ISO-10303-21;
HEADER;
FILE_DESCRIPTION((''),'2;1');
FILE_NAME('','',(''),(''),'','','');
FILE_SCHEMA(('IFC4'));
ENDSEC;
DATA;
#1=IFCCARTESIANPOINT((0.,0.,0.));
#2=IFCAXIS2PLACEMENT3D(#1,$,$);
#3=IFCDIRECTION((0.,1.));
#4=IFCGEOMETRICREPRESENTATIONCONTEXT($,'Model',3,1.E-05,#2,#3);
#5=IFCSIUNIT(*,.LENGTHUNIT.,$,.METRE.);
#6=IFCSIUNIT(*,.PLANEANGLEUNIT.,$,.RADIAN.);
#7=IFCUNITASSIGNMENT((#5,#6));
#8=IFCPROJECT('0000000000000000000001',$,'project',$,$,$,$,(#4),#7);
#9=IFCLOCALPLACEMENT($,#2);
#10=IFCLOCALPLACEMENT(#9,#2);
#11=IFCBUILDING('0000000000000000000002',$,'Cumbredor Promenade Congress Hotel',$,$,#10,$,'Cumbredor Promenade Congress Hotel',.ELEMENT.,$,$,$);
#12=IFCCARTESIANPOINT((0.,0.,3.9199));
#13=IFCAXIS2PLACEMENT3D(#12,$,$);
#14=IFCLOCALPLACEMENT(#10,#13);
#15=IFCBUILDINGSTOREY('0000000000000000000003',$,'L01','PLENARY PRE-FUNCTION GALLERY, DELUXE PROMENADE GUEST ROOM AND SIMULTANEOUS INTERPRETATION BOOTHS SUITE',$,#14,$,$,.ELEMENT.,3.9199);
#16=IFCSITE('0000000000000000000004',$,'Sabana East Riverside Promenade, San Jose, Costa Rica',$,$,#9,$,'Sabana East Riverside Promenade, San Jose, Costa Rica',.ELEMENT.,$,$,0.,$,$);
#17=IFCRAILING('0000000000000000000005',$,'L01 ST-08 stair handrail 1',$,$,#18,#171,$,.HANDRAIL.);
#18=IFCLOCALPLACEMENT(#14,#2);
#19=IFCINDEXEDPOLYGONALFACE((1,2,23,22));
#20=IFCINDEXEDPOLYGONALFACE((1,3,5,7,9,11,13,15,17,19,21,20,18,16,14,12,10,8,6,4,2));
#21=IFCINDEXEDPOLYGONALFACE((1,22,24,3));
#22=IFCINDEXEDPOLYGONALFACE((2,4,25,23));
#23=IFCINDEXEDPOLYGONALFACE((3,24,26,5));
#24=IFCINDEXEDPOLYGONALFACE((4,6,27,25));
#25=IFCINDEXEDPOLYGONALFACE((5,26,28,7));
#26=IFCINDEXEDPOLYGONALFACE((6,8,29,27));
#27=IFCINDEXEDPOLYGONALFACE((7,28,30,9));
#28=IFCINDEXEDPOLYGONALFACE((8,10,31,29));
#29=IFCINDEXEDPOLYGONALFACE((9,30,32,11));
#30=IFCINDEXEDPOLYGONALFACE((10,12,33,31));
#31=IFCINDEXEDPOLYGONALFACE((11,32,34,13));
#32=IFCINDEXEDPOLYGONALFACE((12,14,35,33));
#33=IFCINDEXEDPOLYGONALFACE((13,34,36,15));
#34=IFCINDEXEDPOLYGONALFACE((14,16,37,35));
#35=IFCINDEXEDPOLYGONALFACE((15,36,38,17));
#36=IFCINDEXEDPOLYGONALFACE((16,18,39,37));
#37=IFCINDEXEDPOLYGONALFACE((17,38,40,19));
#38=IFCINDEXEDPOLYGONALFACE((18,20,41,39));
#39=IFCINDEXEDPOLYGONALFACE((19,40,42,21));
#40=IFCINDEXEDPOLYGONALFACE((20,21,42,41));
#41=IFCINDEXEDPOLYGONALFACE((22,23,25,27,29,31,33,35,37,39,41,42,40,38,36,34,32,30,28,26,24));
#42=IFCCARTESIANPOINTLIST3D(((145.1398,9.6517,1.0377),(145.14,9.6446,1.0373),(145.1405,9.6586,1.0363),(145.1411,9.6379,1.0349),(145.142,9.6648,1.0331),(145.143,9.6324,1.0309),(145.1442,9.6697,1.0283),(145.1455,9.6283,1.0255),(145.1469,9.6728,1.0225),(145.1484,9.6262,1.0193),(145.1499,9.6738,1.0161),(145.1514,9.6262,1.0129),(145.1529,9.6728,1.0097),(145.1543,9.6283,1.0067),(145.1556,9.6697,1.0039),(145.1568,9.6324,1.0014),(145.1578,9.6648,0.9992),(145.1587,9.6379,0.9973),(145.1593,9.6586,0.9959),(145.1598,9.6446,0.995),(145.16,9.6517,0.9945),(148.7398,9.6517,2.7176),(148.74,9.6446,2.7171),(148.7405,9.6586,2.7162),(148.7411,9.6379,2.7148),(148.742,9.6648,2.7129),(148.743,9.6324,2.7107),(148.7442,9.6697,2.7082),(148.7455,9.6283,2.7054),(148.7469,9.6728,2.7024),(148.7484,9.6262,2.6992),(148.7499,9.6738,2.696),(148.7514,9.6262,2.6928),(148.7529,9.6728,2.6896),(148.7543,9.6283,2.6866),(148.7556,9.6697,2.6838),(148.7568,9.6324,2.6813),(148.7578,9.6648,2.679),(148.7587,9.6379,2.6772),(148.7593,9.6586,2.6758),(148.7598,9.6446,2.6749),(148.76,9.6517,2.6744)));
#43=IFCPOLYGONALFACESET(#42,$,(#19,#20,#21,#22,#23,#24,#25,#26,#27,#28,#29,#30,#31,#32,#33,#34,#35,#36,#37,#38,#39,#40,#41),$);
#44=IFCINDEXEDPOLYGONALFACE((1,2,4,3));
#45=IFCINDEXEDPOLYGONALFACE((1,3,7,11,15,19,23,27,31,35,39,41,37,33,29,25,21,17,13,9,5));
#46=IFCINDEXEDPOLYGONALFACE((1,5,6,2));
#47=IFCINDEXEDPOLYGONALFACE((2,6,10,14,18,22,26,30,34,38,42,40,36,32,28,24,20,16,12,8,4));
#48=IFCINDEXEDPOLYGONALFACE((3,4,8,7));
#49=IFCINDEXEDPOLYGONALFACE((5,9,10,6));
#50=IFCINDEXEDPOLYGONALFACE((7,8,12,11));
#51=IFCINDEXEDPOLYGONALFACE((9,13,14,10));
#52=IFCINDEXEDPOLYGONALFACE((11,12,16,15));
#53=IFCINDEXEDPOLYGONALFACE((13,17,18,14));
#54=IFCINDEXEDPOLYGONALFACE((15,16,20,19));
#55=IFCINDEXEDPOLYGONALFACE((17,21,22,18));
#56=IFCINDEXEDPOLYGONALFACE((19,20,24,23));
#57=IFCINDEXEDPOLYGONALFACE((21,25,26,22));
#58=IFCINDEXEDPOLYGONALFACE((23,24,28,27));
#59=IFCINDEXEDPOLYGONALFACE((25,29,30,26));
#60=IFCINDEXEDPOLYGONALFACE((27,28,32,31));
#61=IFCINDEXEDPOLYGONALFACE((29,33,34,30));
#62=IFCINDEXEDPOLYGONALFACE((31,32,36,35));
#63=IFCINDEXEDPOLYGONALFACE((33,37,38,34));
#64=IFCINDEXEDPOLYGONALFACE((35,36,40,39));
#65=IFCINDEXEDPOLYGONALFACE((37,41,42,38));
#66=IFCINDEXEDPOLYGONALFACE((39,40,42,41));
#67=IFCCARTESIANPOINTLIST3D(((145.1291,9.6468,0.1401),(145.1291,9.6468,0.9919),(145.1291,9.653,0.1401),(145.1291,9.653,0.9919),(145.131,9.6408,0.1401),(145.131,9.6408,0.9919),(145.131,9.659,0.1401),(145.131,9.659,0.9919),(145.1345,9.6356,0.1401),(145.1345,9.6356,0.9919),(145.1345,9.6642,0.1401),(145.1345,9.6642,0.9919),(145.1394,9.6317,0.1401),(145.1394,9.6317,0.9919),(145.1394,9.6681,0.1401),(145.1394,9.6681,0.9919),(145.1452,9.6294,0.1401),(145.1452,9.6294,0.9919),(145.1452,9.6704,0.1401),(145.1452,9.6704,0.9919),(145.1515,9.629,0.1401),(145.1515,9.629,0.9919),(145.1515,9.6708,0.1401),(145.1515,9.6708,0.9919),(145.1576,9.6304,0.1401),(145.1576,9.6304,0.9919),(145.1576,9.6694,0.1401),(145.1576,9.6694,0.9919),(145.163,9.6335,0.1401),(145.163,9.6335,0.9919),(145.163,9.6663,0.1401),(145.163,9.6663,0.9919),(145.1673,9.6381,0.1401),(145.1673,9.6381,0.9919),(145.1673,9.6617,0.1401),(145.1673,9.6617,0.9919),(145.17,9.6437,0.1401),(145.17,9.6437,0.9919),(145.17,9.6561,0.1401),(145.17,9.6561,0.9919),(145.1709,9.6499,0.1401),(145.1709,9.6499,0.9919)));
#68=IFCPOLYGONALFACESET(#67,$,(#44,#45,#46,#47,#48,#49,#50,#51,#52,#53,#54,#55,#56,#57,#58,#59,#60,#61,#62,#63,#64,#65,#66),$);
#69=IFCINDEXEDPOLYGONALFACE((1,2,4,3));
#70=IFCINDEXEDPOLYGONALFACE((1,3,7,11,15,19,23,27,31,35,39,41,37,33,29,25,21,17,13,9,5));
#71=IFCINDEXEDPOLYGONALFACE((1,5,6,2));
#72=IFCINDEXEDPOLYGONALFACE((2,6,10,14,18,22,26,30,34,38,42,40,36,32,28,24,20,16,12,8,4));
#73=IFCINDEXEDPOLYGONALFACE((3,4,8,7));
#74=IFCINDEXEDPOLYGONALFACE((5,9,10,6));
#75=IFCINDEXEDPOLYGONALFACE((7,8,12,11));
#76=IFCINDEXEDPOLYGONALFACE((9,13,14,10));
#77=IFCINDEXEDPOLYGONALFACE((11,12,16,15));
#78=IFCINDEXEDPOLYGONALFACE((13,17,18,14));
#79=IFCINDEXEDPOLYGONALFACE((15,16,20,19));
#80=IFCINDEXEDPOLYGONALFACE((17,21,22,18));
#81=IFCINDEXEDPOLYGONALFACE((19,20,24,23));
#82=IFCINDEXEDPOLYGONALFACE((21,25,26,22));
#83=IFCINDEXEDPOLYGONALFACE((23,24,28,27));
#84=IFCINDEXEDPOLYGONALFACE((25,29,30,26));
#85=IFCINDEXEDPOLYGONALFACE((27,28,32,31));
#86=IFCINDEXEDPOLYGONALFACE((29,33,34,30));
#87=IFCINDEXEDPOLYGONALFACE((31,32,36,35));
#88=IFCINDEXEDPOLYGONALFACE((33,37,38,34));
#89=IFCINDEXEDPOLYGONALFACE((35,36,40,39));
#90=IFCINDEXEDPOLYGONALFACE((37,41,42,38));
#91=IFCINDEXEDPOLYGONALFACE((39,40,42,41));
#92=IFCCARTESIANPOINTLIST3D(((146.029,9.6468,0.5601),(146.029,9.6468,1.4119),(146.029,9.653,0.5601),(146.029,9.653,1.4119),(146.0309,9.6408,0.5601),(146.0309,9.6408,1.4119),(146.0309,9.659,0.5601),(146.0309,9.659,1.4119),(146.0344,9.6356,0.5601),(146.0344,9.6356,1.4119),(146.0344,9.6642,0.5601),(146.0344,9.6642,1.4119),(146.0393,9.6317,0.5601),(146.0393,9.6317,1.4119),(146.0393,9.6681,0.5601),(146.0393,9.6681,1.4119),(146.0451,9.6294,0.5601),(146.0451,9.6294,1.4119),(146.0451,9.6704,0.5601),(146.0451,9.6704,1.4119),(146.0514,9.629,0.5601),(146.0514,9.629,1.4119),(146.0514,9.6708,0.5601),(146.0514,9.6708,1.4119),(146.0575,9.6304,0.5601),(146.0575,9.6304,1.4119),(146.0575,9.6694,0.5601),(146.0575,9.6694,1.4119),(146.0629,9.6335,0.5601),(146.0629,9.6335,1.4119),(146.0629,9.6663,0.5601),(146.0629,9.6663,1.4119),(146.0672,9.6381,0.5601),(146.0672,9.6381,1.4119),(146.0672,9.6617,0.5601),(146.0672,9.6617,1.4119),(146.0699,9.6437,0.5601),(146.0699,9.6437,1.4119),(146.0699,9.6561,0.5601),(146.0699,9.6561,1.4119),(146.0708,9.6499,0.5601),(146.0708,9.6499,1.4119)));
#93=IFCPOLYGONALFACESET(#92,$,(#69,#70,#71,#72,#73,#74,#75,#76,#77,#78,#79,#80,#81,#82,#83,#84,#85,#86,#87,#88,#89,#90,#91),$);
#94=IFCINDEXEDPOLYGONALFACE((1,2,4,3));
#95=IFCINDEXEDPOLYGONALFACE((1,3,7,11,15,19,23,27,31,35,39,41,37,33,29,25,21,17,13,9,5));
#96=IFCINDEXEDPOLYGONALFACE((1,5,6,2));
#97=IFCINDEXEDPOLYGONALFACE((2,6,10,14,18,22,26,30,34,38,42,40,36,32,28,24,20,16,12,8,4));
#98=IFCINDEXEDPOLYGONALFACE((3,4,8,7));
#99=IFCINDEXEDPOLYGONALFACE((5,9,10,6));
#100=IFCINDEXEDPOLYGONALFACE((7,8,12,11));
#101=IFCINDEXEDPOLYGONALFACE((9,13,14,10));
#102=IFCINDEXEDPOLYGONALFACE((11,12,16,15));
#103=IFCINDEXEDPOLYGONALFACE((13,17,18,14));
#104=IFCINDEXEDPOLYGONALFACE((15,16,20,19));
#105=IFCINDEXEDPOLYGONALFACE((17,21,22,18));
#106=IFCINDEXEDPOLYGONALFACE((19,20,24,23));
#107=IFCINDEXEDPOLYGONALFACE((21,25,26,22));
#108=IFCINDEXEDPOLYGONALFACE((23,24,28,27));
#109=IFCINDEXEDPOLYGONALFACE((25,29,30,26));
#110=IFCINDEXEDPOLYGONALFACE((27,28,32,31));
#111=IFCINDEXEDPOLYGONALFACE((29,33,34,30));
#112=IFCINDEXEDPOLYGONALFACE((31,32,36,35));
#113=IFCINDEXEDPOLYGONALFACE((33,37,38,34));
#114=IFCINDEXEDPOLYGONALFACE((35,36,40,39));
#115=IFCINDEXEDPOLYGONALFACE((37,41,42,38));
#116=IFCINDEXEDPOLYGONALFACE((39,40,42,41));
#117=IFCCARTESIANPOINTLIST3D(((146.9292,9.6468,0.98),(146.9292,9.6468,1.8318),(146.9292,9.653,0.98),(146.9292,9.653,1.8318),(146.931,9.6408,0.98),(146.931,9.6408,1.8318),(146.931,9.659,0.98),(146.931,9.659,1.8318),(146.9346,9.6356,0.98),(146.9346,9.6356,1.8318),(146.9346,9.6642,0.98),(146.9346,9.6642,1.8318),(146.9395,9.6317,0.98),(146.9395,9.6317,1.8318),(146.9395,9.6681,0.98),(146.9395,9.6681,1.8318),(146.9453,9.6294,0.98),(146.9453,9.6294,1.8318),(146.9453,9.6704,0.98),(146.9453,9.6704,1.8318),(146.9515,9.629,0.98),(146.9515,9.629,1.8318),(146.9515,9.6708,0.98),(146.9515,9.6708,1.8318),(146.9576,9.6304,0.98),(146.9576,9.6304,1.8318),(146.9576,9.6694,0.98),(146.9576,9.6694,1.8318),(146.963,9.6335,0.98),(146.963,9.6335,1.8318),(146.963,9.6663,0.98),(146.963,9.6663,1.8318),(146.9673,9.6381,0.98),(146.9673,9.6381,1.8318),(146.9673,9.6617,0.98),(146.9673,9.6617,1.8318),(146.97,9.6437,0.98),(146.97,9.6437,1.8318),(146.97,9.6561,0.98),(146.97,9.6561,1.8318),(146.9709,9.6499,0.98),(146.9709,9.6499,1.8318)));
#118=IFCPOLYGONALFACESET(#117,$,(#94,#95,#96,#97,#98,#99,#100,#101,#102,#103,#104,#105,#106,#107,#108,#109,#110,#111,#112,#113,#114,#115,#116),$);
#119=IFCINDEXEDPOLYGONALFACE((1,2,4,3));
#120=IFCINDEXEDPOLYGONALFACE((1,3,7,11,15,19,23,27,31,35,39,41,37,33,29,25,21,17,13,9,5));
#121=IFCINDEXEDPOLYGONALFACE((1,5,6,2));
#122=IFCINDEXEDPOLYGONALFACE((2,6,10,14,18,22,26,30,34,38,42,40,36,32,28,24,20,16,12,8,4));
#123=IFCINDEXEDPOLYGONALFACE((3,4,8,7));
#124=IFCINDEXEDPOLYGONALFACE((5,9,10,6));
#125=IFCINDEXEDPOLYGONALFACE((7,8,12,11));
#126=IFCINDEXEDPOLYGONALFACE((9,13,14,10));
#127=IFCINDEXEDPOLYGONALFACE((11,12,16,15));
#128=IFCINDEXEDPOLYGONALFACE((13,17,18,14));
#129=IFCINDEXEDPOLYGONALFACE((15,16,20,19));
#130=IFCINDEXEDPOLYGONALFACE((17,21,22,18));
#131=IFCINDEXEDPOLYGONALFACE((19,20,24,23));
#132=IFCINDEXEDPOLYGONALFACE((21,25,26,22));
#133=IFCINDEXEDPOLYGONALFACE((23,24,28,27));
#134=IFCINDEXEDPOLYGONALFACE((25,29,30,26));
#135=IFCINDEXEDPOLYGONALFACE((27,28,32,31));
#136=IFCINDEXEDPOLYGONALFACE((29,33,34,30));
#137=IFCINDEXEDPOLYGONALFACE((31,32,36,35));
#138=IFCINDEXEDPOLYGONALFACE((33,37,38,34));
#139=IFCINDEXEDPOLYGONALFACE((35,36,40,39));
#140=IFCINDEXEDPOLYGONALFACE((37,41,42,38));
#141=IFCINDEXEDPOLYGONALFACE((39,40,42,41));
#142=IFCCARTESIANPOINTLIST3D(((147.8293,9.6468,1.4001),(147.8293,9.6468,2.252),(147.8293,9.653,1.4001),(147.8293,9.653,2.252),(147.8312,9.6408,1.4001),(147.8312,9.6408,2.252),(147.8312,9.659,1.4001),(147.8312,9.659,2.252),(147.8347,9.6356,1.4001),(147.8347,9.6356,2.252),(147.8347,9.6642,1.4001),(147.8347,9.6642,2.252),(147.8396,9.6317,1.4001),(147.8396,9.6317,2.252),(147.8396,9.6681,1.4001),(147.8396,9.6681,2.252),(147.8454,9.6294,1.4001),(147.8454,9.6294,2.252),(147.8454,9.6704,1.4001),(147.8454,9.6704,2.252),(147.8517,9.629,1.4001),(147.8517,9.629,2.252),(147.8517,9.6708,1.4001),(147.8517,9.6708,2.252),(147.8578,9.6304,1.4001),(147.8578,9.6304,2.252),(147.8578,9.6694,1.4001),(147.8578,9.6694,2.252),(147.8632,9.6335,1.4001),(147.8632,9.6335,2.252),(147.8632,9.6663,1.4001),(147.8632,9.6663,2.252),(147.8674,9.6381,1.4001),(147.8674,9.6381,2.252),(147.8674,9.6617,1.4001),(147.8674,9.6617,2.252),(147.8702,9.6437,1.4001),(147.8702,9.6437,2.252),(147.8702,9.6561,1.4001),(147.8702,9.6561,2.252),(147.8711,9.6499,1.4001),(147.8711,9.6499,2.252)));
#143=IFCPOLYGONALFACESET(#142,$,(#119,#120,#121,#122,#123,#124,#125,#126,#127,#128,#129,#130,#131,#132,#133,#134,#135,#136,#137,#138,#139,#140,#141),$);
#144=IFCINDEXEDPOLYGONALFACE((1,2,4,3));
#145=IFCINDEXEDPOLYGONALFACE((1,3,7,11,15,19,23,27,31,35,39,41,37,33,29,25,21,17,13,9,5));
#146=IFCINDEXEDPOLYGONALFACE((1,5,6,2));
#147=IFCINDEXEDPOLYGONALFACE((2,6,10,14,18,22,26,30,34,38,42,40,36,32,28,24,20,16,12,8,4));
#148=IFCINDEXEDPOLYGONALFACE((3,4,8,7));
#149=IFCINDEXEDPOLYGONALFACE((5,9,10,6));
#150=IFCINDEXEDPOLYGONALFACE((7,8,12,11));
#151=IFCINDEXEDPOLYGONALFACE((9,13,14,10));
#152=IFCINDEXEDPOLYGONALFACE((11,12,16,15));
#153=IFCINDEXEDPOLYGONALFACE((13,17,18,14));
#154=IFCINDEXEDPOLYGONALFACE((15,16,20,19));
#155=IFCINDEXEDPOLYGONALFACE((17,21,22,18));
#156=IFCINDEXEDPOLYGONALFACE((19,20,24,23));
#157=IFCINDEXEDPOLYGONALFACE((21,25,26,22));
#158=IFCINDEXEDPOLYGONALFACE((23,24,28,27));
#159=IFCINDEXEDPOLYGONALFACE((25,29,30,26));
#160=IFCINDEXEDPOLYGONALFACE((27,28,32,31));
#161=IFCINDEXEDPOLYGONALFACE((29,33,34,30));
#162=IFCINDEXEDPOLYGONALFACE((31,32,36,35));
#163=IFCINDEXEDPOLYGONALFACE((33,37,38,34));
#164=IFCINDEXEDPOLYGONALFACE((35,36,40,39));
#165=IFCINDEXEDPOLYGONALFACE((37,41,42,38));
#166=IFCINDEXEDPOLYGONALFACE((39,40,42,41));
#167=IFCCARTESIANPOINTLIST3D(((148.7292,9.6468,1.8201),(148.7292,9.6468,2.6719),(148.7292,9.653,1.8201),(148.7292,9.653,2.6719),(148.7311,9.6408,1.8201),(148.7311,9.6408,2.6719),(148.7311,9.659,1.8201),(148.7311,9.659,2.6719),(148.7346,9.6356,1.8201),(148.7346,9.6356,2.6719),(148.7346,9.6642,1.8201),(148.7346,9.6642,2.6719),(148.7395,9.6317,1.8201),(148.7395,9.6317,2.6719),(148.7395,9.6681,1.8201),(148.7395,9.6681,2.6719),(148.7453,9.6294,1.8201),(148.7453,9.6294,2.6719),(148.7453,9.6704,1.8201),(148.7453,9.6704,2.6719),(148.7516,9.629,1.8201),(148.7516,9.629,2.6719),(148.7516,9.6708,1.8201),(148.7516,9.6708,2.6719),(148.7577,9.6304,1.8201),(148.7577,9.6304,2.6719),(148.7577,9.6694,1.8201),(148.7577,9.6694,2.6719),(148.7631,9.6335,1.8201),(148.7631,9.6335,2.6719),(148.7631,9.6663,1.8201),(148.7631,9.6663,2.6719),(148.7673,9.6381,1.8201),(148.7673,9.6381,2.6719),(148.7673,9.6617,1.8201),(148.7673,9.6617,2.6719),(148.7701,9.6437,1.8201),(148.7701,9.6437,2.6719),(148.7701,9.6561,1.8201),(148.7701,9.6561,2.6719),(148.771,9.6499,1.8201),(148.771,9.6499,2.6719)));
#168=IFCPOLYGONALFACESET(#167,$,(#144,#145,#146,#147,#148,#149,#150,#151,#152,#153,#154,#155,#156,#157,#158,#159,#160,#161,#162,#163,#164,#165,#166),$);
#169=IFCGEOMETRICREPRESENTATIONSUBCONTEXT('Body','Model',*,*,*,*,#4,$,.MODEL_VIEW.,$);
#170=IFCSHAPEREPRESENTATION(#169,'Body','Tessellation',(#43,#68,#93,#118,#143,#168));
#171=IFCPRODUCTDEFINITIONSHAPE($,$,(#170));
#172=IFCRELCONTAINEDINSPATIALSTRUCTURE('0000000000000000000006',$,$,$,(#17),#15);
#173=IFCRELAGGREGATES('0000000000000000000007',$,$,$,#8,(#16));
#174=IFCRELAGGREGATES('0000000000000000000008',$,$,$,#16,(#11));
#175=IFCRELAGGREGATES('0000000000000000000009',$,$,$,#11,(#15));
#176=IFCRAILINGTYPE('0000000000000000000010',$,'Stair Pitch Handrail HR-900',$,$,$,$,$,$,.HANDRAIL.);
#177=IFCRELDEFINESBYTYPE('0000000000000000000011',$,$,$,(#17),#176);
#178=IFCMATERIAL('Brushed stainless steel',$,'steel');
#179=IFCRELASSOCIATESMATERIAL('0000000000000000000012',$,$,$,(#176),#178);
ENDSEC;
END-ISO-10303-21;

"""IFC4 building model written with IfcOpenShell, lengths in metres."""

from ifc_helpers import new_model, si_unit, direction, frame, origin, origin_2d, place, context, subcontext, project, spatial, circle, extrude, material, type_object, element, save


model = new_model("IFC4")

# Units and contexts
model_context = context("Model", 3, precision=1e-05, world=origin(), true_north=direction((0.0, 1.0)))
body_context = subcontext(model_context, "Body", "Model", "MODEL_VIEW")
ifc_project = project(units=[si_unit("LENGTHUNIT", "METRE"), si_unit("PLANEANGLEUNIT", "RADIAN")], contexts=[model_context])

# Site, building, storey
site_placement = place(None, origin())
site = spatial("IfcSite", under=ifc_project, at=site_placement, Name="Sabana East Riverside Promenade, San Jose, Costa Rica", LongName="Sabana East Riverside Promenade, San Jose, Costa Rica", CompositionType="ELEMENT", RefElevation=0.0)
building_placement = place(site_placement, origin())
building = spatial("IfcBuilding", under=site, at=building_placement, Name="Cumbredor Promenade Congress Hotel", LongName="Cumbredor Promenade Congress Hotel", CompositionType="ELEMENT")
storey_placement = place(building_placement, frame((0.0, 0.0, 3.9199)))
storey = spatial("IfcBuildingStorey", under=building, at=storey_placement, Name="L01", Description="PLENARY PRE-FUNCTION GALLERY, DELUXE PROMENADE GUEST ROOM AND SIMULTANEOUS INTERPRETATION BOOTHS SUITE", CompositionType="ELEMENT", Elevation=3.9199)

# Shared definitions
ifc_material_1 = material(Name="Brushed stainless steel", Category="steel")

# Railing
railing_type_1 = type_object("IfcRailingType", Name="Stair Pitch Handrail HR-900", PredefinedType="HANDRAIL", material=ifc_material_1)
railing_1_placement = place(storey_placement, frame((145.1499, 9.6499, 0.1401)))
element("IfcRailing", 1, at=railing_1_placement, inside=storey, type_object=railing_type_1, Name="L01 ST-08 stair handrail 1", PredefinedType="HANDRAIL", context=body_context, shape_type="SweptSolid", body=[
    extrude(circle(Radius=0.0239, at=origin_2d()), frame((0.0, 0.0, 0.876), z_axis=(0.906194, 0.0, 0.422862), x_axis=(0.0, 1.0, 0.0)), (0.0, 0.0, 1.0), 3.9727),
    extrude(circle(Radius=0.021, at=origin_2d()), origin(), (0.0, 0.0, 1.0), 0.8518),
    extrude(circle(Radius=0.021, at=origin_2d()), frame((0.8999, 0.0, 0.4199)), (0.0, 0.0, 1.0), 0.8518),
    extrude(circle(Radius=0.021, at=origin_2d()), frame((1.8, 0.0, 0.8398)), (0.0, 0.0, 1.0), 0.8518),
    extrude(circle(Radius=0.021, at=origin_2d()), frame((2.7002, 0.0, 1.26)), (0.0, 0.0, 1.0), 0.8518),
    extrude(circle(Radius=0.021, at=origin_2d()), frame((3.6001, 0.0, 1.6799)), (0.0, 0.0, 1.0), 0.8518),
])

save(model, "model.ifc")
